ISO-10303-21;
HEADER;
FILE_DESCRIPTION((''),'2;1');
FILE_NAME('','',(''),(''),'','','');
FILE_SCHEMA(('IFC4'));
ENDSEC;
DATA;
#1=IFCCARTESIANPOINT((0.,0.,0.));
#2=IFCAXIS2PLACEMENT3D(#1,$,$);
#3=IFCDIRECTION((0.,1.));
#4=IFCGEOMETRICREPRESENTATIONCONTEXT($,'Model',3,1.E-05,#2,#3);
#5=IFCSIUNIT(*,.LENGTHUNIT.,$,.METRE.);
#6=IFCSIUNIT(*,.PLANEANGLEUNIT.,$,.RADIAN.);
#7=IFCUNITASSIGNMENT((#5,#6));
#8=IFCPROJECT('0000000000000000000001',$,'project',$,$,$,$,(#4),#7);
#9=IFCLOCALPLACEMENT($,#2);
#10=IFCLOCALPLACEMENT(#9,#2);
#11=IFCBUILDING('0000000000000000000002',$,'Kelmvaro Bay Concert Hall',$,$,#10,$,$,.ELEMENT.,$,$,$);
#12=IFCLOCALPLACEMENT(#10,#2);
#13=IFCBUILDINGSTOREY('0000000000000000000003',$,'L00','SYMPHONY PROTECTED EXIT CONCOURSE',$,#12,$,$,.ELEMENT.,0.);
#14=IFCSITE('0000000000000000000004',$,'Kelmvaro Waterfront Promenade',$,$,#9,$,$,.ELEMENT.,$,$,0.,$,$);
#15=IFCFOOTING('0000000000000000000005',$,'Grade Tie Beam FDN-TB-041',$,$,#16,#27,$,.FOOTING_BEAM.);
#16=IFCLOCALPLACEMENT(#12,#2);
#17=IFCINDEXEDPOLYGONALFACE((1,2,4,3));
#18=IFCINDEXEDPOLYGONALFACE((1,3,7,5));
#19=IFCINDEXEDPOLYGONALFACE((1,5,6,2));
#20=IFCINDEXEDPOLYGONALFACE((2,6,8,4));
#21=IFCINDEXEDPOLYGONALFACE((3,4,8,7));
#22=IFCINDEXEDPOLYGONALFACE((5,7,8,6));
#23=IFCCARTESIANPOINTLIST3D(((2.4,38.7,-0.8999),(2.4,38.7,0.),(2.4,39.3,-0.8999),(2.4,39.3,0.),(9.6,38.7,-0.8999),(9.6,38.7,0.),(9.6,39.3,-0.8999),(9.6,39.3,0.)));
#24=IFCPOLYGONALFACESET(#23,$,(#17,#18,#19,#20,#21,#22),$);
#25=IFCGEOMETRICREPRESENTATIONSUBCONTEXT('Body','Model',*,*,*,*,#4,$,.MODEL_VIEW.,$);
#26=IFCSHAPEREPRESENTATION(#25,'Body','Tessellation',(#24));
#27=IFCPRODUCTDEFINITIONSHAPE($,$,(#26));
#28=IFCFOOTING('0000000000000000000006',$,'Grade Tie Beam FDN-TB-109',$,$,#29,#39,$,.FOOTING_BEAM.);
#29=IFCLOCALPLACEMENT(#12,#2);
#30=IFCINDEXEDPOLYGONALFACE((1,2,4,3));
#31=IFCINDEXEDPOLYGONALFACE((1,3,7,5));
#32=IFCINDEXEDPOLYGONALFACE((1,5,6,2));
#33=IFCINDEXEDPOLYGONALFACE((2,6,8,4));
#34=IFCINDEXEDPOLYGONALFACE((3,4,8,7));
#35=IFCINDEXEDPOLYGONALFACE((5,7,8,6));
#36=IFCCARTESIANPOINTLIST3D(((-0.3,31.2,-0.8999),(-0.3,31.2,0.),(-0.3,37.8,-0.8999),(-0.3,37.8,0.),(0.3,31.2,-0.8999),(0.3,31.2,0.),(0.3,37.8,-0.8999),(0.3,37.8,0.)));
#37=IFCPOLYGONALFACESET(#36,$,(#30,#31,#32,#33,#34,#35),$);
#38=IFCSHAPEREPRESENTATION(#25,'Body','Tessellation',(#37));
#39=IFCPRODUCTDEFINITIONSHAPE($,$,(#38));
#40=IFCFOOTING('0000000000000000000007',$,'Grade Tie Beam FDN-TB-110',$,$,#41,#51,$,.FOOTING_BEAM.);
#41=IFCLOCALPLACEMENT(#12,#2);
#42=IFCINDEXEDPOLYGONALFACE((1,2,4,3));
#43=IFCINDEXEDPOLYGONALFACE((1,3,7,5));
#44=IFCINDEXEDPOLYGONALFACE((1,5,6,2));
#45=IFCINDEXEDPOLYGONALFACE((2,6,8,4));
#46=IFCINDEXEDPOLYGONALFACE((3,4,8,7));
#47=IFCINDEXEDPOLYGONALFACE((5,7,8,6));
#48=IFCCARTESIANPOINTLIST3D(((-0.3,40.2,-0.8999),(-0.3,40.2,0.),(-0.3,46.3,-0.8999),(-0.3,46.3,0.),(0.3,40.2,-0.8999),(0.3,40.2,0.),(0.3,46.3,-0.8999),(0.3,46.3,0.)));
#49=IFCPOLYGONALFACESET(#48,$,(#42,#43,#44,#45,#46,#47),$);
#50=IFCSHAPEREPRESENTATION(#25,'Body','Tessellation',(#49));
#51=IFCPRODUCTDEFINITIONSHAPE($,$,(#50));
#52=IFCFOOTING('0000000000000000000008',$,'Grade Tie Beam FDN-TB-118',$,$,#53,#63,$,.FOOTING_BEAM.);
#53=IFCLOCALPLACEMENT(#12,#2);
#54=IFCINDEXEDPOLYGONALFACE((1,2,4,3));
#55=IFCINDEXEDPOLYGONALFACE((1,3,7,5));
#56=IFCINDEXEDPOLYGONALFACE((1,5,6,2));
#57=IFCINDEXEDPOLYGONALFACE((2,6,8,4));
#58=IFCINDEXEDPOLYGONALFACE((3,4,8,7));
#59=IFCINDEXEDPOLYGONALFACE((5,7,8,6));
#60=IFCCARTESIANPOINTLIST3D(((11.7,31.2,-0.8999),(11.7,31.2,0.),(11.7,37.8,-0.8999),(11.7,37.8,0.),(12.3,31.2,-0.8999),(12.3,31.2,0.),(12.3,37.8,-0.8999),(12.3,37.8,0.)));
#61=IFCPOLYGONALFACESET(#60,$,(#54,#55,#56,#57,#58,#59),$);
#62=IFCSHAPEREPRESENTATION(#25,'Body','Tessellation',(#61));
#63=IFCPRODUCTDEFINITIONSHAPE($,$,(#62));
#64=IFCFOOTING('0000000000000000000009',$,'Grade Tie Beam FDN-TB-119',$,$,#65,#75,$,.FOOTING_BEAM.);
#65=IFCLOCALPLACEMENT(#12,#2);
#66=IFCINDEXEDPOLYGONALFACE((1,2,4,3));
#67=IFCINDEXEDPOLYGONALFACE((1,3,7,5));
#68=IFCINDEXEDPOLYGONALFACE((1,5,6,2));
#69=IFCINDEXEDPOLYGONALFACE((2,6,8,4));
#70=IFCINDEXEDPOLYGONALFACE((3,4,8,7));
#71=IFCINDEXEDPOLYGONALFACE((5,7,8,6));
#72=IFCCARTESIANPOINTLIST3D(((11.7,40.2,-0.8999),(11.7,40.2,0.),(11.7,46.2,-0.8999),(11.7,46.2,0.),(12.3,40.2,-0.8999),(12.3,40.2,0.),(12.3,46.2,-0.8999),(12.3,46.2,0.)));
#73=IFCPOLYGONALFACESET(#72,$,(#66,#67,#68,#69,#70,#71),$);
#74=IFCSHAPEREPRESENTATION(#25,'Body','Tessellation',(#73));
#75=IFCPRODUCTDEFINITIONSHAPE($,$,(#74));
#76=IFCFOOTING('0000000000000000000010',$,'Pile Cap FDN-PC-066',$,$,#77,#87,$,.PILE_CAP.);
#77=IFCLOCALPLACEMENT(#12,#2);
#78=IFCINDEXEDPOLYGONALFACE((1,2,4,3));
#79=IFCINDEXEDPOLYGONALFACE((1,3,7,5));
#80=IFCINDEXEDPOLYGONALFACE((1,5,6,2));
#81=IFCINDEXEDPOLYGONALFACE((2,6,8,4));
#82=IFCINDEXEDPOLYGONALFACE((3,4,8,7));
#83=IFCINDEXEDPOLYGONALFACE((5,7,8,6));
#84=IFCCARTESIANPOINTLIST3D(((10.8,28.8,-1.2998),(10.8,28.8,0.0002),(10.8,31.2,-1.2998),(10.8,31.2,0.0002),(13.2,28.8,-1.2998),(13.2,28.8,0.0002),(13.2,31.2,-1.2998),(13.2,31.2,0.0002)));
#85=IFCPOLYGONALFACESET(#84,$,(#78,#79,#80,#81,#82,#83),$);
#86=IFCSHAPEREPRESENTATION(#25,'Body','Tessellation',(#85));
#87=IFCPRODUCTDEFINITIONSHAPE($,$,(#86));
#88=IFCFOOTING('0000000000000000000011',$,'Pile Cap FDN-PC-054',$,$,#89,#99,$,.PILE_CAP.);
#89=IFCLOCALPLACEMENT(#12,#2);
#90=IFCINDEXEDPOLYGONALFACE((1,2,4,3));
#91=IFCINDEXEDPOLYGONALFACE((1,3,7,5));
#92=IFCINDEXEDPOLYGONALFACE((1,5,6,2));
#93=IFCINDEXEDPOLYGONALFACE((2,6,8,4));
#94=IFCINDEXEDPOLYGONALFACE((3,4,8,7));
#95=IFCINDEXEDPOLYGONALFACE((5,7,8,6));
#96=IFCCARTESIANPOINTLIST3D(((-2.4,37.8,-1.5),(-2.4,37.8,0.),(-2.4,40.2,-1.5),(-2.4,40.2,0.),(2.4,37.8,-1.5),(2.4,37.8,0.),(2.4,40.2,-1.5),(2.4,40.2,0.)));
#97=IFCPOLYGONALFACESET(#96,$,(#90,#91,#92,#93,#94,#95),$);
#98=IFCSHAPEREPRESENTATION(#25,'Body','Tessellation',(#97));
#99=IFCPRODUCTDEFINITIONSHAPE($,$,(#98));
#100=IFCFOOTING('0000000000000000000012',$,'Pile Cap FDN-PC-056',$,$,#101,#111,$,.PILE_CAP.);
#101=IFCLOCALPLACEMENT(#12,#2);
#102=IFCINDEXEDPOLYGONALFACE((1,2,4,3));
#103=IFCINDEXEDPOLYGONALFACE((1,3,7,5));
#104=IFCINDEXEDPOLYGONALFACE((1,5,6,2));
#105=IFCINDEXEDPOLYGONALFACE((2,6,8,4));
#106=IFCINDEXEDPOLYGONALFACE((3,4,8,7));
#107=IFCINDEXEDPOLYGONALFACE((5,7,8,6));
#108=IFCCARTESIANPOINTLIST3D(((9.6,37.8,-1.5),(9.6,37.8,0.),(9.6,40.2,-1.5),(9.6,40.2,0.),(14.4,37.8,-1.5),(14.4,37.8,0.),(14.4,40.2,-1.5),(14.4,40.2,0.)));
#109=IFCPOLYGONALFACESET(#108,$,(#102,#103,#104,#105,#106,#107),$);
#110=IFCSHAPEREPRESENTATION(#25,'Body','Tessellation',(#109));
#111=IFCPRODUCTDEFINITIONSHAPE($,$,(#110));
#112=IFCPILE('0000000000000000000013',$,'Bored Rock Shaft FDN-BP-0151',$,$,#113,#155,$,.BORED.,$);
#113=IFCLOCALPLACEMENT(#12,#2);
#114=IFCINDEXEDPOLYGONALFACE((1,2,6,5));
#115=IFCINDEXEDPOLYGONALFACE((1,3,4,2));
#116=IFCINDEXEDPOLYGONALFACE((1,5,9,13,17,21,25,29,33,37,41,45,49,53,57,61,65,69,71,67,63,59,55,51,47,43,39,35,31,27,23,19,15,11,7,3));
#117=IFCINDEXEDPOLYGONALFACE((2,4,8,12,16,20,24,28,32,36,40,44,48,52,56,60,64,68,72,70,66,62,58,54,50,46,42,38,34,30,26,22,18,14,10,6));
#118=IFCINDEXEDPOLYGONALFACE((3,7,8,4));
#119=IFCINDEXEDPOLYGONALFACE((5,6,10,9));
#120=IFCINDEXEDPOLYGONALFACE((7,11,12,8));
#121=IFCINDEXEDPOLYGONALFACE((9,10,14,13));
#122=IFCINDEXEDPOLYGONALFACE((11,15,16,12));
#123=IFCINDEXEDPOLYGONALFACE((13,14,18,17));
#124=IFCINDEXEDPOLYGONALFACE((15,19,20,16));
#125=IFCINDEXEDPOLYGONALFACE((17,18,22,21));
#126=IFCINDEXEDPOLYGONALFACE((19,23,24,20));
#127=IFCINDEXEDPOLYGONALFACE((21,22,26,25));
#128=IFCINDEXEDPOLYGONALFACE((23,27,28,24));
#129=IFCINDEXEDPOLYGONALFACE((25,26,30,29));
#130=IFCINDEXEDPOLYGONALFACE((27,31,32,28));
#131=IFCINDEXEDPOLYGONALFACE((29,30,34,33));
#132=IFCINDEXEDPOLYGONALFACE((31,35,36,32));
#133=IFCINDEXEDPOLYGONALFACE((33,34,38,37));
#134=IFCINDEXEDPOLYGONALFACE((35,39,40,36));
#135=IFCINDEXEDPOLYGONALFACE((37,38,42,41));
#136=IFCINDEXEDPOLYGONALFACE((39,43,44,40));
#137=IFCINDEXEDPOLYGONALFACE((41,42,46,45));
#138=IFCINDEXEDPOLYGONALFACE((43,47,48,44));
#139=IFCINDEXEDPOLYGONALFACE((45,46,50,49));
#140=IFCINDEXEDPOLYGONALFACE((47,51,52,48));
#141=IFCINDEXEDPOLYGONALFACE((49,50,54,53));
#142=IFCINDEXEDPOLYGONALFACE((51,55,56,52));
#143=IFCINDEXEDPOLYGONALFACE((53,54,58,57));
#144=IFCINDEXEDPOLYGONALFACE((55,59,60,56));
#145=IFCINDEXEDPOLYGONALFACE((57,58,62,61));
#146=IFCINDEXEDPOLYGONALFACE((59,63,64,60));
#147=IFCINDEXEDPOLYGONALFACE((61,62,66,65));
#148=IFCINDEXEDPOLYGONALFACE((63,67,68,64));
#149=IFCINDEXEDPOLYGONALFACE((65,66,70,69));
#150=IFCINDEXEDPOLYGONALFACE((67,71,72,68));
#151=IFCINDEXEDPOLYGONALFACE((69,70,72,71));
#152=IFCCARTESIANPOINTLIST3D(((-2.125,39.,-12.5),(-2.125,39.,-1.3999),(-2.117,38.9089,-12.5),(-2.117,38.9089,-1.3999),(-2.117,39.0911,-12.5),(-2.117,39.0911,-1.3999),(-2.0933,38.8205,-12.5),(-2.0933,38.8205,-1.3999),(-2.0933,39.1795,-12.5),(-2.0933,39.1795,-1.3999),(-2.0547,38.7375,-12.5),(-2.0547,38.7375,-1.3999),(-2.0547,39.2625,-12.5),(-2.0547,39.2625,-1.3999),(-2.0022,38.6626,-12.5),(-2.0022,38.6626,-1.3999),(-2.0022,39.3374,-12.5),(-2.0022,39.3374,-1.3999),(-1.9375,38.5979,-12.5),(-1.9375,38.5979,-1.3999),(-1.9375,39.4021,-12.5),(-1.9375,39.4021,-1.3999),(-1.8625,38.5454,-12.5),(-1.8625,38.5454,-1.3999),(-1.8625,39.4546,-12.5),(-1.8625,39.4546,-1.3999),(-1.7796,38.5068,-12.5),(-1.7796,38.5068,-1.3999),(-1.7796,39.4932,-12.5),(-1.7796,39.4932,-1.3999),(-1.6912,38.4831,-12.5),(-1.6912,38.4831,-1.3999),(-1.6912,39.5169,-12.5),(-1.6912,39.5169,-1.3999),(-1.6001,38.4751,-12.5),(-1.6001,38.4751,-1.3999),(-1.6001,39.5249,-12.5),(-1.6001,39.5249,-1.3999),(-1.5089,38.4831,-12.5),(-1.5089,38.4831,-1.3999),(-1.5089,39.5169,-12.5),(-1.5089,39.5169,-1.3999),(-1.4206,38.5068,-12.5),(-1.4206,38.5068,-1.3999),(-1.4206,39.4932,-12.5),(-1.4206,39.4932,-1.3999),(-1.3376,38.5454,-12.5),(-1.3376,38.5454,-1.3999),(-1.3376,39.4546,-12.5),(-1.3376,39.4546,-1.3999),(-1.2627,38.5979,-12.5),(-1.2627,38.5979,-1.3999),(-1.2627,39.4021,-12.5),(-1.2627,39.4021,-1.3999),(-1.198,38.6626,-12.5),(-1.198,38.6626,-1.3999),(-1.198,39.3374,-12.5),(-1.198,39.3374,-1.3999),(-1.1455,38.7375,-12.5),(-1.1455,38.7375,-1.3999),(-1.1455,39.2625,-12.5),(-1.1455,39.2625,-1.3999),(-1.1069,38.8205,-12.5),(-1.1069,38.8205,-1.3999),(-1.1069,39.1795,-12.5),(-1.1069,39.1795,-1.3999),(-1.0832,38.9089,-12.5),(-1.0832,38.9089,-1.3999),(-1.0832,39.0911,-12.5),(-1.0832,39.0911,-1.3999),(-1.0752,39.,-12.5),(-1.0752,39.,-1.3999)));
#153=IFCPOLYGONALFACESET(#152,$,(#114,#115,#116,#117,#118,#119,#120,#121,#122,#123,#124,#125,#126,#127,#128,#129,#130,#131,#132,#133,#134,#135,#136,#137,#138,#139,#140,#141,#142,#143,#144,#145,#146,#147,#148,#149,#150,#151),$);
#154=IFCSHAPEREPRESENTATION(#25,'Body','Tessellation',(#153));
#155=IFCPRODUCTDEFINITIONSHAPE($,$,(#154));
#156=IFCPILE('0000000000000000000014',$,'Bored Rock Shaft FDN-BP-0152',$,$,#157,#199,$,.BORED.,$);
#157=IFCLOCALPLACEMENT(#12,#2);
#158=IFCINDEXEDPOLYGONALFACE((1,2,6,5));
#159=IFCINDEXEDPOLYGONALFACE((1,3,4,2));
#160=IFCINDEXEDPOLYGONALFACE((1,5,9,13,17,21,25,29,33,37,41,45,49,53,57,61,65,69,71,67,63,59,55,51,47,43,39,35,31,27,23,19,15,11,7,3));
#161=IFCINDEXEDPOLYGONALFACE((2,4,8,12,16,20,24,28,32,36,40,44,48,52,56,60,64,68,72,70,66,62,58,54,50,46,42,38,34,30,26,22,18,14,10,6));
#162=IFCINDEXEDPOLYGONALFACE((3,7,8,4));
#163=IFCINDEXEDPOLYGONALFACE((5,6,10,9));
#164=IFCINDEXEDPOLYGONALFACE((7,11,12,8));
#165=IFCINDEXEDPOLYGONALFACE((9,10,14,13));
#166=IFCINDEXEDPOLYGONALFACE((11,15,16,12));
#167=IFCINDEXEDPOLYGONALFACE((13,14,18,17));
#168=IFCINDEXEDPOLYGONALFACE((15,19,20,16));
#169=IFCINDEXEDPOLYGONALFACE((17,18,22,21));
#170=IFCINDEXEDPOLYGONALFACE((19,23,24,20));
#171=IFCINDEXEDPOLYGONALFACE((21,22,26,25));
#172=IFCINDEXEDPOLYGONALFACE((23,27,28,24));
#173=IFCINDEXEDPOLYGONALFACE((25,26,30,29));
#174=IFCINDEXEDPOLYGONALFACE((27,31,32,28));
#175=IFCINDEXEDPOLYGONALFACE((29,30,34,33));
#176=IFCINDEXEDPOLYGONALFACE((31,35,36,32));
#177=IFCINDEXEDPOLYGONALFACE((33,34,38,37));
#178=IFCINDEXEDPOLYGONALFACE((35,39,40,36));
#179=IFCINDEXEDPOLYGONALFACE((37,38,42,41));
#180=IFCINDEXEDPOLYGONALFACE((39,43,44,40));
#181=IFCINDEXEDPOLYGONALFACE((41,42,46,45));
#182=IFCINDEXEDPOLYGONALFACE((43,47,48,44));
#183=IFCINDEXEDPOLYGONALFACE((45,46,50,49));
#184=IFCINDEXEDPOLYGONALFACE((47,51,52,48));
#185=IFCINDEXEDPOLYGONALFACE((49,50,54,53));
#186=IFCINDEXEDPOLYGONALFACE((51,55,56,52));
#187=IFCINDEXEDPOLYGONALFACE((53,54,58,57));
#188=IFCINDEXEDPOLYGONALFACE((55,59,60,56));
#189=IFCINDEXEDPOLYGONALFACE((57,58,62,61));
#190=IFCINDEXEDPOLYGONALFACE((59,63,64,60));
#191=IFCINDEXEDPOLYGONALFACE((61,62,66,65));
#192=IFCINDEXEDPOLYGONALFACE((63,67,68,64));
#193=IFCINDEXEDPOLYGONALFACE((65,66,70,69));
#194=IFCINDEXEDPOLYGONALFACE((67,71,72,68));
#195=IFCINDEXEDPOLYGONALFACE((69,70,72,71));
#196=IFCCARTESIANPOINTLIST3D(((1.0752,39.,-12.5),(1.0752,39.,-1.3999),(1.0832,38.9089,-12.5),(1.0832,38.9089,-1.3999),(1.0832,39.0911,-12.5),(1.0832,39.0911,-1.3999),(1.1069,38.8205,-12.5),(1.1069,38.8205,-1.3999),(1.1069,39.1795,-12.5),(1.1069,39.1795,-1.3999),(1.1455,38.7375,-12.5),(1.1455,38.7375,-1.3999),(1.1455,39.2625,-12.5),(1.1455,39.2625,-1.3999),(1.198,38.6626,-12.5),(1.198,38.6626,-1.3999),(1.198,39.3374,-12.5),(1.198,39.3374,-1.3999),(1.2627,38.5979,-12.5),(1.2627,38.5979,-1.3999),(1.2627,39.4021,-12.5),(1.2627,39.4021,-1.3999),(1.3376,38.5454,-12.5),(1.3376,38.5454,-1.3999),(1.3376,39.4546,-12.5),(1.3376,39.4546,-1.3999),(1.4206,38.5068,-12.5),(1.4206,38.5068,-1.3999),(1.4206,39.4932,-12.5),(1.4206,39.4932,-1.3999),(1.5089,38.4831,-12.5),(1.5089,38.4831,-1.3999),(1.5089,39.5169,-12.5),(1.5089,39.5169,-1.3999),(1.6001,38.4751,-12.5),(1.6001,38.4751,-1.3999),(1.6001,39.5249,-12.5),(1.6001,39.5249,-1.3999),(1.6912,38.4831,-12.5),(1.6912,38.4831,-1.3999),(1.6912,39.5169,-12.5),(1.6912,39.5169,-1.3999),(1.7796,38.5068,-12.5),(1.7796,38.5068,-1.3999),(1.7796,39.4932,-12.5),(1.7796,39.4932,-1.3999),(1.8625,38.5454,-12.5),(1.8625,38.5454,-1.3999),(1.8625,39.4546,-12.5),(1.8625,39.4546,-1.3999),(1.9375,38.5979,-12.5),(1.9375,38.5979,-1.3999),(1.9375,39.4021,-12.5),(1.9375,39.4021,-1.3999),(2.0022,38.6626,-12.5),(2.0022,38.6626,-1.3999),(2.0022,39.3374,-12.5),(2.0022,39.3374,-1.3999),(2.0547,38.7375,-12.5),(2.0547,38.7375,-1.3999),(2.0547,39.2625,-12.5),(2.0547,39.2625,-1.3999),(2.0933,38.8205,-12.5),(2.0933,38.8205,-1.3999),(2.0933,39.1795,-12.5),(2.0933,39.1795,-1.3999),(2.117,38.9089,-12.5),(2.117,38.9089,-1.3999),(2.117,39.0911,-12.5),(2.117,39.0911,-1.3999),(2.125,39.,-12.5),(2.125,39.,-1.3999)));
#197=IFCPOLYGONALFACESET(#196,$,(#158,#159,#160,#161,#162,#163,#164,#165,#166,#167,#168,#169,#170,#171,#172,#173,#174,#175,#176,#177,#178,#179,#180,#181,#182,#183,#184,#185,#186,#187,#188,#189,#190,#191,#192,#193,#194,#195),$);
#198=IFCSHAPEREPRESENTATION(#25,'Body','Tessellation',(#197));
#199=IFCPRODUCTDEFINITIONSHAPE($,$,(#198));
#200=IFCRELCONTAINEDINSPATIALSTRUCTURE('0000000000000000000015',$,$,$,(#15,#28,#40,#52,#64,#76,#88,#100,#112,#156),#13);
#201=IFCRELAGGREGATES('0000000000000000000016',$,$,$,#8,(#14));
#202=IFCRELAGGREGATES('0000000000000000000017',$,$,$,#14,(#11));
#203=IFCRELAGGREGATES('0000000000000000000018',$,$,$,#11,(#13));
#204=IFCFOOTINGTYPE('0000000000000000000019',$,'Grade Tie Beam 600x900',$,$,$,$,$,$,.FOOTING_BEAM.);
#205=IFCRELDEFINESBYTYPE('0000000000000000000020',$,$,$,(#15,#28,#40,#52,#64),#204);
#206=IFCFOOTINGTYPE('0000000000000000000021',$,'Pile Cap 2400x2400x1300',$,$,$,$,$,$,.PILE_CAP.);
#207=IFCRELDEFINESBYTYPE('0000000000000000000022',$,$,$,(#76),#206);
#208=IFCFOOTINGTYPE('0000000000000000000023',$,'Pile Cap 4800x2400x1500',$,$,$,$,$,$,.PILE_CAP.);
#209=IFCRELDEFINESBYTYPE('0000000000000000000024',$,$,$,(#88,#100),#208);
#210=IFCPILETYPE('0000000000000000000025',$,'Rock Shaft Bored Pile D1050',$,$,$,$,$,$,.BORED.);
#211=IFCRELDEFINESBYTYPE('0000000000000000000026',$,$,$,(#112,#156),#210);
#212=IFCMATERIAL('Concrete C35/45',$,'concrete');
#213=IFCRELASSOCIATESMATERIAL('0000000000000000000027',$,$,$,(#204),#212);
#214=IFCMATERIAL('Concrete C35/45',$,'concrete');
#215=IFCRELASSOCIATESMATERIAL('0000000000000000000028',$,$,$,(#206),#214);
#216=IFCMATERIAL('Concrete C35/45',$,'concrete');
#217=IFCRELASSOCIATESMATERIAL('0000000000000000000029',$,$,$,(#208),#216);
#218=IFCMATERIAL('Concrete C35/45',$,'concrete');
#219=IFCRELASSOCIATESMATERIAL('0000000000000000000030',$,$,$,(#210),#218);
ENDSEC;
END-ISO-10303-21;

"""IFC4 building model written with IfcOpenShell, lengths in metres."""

from ifc_helpers import new_model, si_unit, direction, frame, origin, origin_2d, place, context, subcontext, project, spatial, rectangle, circle, extrude, material, material_profile, profile_set, type_object, element, save


model = new_model("IFC4")

# Units and contexts
model_context = context("Model", 3, precision=1e-05, world=origin(), true_north=direction((0.0, 1.0)))
body_context = subcontext(model_context, "Body", "Model", "MODEL_VIEW")
ifc_project = project(units=[si_unit("LENGTHUNIT", "METRE"), si_unit("PLANEANGLEUNIT", "RADIAN")], contexts=[model_context])

# Site, building, storey
site_placement = place(None, origin())
site = spatial("IfcSite", under=ifc_project, at=site_placement, Name="Kelmvaro Waterfront Promenade", CompositionType="ELEMENT", RefElevation=0.0)
building_placement = place(site_placement, origin())
building = spatial("IfcBuilding", under=site, at=building_placement, Name="Kelmvaro Bay Concert Hall", CompositionType="ELEMENT")
storey_placement = place(building_placement, origin())
storey = spatial("IfcBuildingStorey", under=building, at=storey_placement, Name="L00", Description="SYMPHONY PROTECTED EXIT CONCOURSE", CompositionType="ELEMENT", Elevation=0.0)

# Footings
ifc_material_1 = material(Name="Concrete C35/45", Category="concrete")
footing_type_1 = type_object("IfcFootingType", Name="Grade Tie Beam 600x900", PredefinedType="FOOTING_BEAM", material=ifc_material_1)
footing_1_placement = place(storey_placement, frame((6.0, 39.0, -0.8999), z_axis=(0.0, 0.0, 1.0), x_axis=(1.0, 0.0, 0.0)))
element("IfcFooting", 1, at=footing_1_placement, inside=storey, type_object=footing_type_1, Name="Grade Tie Beam FDN-TB-041", PredefinedType="FOOTING_BEAM", context=body_context, shape_type="SweptSolid", body=[
    extrude(rectangle(XDim=7.2, YDim=0.6001, at=origin_2d()), origin(), (0.0, 0.0, 1.0), 0.8999),
])
footing_2_placement = place(storey_placement, frame((0.0, 34.5, -0.8999), z_axis=(0.0, 0.0, 1.0), x_axis=(0.0, 1.0, 0.0)))
element("IfcFooting", 2, at=footing_2_placement, inside=storey, type_object=footing_type_1, Name="Grade Tie Beam FDN-TB-109", PredefinedType="FOOTING_BEAM", context=body_context, shape_type="SweptSolid", body=[
    extrude(rectangle(XDim=6.6001, YDim=0.6001, at=origin_2d()), origin(), (0.0, 0.0, 1.0), 0.8999),
])
footing_3_placement = place(storey_placement, frame((0.0, 43.25, -0.8999), z_axis=(0.0, 0.0, 1.0), x_axis=(0.0, 1.0, 0.0)))
element("IfcFooting", 3, at=footing_3_placement, inside=storey, type_object=footing_type_1, Name="Grade Tie Beam FDN-TB-110", PredefinedType="FOOTING_BEAM", context=body_context, shape_type="SweptSolid", body=[
    extrude(rectangle(XDim=6.1001, YDim=0.6001, at=origin_2d()), origin(), (0.0, 0.0, 1.0), 0.8999),
])
footing_4_placement = place(storey_placement, frame((12.0, 34.5, -0.8999), z_axis=(0.0, 0.0, 1.0), x_axis=(0.0, 1.0, 0.0)))
element("IfcFooting", 4, at=footing_4_placement, inside=storey, type_object=footing_type_1, Name="Grade Tie Beam FDN-TB-118", PredefinedType="FOOTING_BEAM", context=body_context, shape_type="SweptSolid", body=[
    extrude(rectangle(XDim=6.6001, YDim=0.6001, at=origin_2d()), origin(), (0.0, 0.0, 1.0), 0.8999),
])
footing_5_placement = place(storey_placement, frame((12.0, 43.2, -0.8999), z_axis=(0.0, 0.0, 1.0), x_axis=(0.0, 1.0, 0.0)))
element("IfcFooting", 5, at=footing_5_placement, inside=storey, type_object=footing_type_1, Name="Grade Tie Beam FDN-TB-119", PredefinedType="FOOTING_BEAM", context=body_context, shape_type="SweptSolid", body=[
    extrude(rectangle(XDim=6.0, YDim=0.6001, at=origin_2d()), origin(), (0.0, 0.0, 1.0), 0.8999),
])
ifc_material_2 = material(Name="Concrete C35/45", Category="concrete")
footing_type_2 = type_object("IfcFootingType", Name="Pile Cap 2400x2400x1300", PredefinedType="PILE_CAP", material=ifc_material_2)
footing_6_placement = place(storey_placement, frame((12.0, 30.0, -1.2998), z_axis=(0.0, 0.0, 1.0), x_axis=(1.0, 0.0, 0.0)))
element("IfcFooting", 6, at=footing_6_placement, inside=storey, type_object=footing_type_2, Name="Pile Cap FDN-PC-066", PredefinedType="PILE_CAP", context=body_context, shape_type="SweptSolid", body=[
    extrude(rectangle(XDim=2.3999, YDim=2.3999, at=origin_2d()), origin(), (0.0, 0.0, 1.0), 1.3),
])
ifc_material_3 = material(Name="Concrete C35/45", Category="concrete")
footing_type_3 = type_object("IfcFootingType", Name="Pile Cap 4800x2400x1500", PredefinedType="PILE_CAP", material=ifc_material_3)
for number, where, z_axis, x_axis, name in (
    (7, (0.0, 39.0, -1.5), (0.0, 0.0, 1.0), (1.0, 0.0, 0.0), "Pile Cap FDN-PC-054"),
    (8, (12.0, 39.0, -1.5), (0.0, 0.0, 1.0), (1.0, 0.0, 0.0), "Pile Cap FDN-PC-056"),
):
    element("IfcFooting", number, at=place(storey_placement, frame(where, z_axis=z_axis, x_axis=x_axis)), inside=storey, type_object=footing_type_3, Name=name, PredefinedType="PILE_CAP", context=body_context, shape_type="SweptSolid", body=[
        extrude(rectangle(XDim=4.8, YDim=2.3999, at=origin_2d()), origin(), (0.0, 0.0, 1.0), 1.5),
    ])

# Piles
ifc_material_4 = material(Name="Concrete C35/45", Category="concrete")
ifc_material_profile_1 = material_profile(ifc_material_4, circle(Radius=0.5249, at=origin_2d()), Name="PILE-BORED-1050")
ifc_profile_set_1 = profile_set([ifc_material_profile_1], Name="Concrete C35/45")
pile_type_1 = type_object("IfcPileType", Name="Rock Shaft Bored Pile D1050", PredefinedType="BORED", material=ifc_profile_set_1)
for number, where, z_axis, x_axis, name in (
    (9, (-1.6001, 39.0, -1.3999), (0.0, 0.0, -1.0), (1.0, 0.0, 0.0), "Bored Rock Shaft FDN-BP-0151"),
    (10, (1.6001, 39.0, -1.3999), (0.0, 0.0, -1.0), (1.0, 0.0, 0.0), "Bored Rock Shaft FDN-BP-0152"),
):
    element("IfcPile", number, at=place(storey_placement, frame(where, z_axis=z_axis, x_axis=x_axis)), inside=storey, type_object=pile_type_1, Name=name, PredefinedType="BORED", context=body_context, shape_type="SweptSolid", body=[
        extrude(circle(Radius=0.5249, at=origin_2d()), origin(), (0.0, 0.0, 1.0), 11.1001),
    ])

save(model, "model.ifc")
